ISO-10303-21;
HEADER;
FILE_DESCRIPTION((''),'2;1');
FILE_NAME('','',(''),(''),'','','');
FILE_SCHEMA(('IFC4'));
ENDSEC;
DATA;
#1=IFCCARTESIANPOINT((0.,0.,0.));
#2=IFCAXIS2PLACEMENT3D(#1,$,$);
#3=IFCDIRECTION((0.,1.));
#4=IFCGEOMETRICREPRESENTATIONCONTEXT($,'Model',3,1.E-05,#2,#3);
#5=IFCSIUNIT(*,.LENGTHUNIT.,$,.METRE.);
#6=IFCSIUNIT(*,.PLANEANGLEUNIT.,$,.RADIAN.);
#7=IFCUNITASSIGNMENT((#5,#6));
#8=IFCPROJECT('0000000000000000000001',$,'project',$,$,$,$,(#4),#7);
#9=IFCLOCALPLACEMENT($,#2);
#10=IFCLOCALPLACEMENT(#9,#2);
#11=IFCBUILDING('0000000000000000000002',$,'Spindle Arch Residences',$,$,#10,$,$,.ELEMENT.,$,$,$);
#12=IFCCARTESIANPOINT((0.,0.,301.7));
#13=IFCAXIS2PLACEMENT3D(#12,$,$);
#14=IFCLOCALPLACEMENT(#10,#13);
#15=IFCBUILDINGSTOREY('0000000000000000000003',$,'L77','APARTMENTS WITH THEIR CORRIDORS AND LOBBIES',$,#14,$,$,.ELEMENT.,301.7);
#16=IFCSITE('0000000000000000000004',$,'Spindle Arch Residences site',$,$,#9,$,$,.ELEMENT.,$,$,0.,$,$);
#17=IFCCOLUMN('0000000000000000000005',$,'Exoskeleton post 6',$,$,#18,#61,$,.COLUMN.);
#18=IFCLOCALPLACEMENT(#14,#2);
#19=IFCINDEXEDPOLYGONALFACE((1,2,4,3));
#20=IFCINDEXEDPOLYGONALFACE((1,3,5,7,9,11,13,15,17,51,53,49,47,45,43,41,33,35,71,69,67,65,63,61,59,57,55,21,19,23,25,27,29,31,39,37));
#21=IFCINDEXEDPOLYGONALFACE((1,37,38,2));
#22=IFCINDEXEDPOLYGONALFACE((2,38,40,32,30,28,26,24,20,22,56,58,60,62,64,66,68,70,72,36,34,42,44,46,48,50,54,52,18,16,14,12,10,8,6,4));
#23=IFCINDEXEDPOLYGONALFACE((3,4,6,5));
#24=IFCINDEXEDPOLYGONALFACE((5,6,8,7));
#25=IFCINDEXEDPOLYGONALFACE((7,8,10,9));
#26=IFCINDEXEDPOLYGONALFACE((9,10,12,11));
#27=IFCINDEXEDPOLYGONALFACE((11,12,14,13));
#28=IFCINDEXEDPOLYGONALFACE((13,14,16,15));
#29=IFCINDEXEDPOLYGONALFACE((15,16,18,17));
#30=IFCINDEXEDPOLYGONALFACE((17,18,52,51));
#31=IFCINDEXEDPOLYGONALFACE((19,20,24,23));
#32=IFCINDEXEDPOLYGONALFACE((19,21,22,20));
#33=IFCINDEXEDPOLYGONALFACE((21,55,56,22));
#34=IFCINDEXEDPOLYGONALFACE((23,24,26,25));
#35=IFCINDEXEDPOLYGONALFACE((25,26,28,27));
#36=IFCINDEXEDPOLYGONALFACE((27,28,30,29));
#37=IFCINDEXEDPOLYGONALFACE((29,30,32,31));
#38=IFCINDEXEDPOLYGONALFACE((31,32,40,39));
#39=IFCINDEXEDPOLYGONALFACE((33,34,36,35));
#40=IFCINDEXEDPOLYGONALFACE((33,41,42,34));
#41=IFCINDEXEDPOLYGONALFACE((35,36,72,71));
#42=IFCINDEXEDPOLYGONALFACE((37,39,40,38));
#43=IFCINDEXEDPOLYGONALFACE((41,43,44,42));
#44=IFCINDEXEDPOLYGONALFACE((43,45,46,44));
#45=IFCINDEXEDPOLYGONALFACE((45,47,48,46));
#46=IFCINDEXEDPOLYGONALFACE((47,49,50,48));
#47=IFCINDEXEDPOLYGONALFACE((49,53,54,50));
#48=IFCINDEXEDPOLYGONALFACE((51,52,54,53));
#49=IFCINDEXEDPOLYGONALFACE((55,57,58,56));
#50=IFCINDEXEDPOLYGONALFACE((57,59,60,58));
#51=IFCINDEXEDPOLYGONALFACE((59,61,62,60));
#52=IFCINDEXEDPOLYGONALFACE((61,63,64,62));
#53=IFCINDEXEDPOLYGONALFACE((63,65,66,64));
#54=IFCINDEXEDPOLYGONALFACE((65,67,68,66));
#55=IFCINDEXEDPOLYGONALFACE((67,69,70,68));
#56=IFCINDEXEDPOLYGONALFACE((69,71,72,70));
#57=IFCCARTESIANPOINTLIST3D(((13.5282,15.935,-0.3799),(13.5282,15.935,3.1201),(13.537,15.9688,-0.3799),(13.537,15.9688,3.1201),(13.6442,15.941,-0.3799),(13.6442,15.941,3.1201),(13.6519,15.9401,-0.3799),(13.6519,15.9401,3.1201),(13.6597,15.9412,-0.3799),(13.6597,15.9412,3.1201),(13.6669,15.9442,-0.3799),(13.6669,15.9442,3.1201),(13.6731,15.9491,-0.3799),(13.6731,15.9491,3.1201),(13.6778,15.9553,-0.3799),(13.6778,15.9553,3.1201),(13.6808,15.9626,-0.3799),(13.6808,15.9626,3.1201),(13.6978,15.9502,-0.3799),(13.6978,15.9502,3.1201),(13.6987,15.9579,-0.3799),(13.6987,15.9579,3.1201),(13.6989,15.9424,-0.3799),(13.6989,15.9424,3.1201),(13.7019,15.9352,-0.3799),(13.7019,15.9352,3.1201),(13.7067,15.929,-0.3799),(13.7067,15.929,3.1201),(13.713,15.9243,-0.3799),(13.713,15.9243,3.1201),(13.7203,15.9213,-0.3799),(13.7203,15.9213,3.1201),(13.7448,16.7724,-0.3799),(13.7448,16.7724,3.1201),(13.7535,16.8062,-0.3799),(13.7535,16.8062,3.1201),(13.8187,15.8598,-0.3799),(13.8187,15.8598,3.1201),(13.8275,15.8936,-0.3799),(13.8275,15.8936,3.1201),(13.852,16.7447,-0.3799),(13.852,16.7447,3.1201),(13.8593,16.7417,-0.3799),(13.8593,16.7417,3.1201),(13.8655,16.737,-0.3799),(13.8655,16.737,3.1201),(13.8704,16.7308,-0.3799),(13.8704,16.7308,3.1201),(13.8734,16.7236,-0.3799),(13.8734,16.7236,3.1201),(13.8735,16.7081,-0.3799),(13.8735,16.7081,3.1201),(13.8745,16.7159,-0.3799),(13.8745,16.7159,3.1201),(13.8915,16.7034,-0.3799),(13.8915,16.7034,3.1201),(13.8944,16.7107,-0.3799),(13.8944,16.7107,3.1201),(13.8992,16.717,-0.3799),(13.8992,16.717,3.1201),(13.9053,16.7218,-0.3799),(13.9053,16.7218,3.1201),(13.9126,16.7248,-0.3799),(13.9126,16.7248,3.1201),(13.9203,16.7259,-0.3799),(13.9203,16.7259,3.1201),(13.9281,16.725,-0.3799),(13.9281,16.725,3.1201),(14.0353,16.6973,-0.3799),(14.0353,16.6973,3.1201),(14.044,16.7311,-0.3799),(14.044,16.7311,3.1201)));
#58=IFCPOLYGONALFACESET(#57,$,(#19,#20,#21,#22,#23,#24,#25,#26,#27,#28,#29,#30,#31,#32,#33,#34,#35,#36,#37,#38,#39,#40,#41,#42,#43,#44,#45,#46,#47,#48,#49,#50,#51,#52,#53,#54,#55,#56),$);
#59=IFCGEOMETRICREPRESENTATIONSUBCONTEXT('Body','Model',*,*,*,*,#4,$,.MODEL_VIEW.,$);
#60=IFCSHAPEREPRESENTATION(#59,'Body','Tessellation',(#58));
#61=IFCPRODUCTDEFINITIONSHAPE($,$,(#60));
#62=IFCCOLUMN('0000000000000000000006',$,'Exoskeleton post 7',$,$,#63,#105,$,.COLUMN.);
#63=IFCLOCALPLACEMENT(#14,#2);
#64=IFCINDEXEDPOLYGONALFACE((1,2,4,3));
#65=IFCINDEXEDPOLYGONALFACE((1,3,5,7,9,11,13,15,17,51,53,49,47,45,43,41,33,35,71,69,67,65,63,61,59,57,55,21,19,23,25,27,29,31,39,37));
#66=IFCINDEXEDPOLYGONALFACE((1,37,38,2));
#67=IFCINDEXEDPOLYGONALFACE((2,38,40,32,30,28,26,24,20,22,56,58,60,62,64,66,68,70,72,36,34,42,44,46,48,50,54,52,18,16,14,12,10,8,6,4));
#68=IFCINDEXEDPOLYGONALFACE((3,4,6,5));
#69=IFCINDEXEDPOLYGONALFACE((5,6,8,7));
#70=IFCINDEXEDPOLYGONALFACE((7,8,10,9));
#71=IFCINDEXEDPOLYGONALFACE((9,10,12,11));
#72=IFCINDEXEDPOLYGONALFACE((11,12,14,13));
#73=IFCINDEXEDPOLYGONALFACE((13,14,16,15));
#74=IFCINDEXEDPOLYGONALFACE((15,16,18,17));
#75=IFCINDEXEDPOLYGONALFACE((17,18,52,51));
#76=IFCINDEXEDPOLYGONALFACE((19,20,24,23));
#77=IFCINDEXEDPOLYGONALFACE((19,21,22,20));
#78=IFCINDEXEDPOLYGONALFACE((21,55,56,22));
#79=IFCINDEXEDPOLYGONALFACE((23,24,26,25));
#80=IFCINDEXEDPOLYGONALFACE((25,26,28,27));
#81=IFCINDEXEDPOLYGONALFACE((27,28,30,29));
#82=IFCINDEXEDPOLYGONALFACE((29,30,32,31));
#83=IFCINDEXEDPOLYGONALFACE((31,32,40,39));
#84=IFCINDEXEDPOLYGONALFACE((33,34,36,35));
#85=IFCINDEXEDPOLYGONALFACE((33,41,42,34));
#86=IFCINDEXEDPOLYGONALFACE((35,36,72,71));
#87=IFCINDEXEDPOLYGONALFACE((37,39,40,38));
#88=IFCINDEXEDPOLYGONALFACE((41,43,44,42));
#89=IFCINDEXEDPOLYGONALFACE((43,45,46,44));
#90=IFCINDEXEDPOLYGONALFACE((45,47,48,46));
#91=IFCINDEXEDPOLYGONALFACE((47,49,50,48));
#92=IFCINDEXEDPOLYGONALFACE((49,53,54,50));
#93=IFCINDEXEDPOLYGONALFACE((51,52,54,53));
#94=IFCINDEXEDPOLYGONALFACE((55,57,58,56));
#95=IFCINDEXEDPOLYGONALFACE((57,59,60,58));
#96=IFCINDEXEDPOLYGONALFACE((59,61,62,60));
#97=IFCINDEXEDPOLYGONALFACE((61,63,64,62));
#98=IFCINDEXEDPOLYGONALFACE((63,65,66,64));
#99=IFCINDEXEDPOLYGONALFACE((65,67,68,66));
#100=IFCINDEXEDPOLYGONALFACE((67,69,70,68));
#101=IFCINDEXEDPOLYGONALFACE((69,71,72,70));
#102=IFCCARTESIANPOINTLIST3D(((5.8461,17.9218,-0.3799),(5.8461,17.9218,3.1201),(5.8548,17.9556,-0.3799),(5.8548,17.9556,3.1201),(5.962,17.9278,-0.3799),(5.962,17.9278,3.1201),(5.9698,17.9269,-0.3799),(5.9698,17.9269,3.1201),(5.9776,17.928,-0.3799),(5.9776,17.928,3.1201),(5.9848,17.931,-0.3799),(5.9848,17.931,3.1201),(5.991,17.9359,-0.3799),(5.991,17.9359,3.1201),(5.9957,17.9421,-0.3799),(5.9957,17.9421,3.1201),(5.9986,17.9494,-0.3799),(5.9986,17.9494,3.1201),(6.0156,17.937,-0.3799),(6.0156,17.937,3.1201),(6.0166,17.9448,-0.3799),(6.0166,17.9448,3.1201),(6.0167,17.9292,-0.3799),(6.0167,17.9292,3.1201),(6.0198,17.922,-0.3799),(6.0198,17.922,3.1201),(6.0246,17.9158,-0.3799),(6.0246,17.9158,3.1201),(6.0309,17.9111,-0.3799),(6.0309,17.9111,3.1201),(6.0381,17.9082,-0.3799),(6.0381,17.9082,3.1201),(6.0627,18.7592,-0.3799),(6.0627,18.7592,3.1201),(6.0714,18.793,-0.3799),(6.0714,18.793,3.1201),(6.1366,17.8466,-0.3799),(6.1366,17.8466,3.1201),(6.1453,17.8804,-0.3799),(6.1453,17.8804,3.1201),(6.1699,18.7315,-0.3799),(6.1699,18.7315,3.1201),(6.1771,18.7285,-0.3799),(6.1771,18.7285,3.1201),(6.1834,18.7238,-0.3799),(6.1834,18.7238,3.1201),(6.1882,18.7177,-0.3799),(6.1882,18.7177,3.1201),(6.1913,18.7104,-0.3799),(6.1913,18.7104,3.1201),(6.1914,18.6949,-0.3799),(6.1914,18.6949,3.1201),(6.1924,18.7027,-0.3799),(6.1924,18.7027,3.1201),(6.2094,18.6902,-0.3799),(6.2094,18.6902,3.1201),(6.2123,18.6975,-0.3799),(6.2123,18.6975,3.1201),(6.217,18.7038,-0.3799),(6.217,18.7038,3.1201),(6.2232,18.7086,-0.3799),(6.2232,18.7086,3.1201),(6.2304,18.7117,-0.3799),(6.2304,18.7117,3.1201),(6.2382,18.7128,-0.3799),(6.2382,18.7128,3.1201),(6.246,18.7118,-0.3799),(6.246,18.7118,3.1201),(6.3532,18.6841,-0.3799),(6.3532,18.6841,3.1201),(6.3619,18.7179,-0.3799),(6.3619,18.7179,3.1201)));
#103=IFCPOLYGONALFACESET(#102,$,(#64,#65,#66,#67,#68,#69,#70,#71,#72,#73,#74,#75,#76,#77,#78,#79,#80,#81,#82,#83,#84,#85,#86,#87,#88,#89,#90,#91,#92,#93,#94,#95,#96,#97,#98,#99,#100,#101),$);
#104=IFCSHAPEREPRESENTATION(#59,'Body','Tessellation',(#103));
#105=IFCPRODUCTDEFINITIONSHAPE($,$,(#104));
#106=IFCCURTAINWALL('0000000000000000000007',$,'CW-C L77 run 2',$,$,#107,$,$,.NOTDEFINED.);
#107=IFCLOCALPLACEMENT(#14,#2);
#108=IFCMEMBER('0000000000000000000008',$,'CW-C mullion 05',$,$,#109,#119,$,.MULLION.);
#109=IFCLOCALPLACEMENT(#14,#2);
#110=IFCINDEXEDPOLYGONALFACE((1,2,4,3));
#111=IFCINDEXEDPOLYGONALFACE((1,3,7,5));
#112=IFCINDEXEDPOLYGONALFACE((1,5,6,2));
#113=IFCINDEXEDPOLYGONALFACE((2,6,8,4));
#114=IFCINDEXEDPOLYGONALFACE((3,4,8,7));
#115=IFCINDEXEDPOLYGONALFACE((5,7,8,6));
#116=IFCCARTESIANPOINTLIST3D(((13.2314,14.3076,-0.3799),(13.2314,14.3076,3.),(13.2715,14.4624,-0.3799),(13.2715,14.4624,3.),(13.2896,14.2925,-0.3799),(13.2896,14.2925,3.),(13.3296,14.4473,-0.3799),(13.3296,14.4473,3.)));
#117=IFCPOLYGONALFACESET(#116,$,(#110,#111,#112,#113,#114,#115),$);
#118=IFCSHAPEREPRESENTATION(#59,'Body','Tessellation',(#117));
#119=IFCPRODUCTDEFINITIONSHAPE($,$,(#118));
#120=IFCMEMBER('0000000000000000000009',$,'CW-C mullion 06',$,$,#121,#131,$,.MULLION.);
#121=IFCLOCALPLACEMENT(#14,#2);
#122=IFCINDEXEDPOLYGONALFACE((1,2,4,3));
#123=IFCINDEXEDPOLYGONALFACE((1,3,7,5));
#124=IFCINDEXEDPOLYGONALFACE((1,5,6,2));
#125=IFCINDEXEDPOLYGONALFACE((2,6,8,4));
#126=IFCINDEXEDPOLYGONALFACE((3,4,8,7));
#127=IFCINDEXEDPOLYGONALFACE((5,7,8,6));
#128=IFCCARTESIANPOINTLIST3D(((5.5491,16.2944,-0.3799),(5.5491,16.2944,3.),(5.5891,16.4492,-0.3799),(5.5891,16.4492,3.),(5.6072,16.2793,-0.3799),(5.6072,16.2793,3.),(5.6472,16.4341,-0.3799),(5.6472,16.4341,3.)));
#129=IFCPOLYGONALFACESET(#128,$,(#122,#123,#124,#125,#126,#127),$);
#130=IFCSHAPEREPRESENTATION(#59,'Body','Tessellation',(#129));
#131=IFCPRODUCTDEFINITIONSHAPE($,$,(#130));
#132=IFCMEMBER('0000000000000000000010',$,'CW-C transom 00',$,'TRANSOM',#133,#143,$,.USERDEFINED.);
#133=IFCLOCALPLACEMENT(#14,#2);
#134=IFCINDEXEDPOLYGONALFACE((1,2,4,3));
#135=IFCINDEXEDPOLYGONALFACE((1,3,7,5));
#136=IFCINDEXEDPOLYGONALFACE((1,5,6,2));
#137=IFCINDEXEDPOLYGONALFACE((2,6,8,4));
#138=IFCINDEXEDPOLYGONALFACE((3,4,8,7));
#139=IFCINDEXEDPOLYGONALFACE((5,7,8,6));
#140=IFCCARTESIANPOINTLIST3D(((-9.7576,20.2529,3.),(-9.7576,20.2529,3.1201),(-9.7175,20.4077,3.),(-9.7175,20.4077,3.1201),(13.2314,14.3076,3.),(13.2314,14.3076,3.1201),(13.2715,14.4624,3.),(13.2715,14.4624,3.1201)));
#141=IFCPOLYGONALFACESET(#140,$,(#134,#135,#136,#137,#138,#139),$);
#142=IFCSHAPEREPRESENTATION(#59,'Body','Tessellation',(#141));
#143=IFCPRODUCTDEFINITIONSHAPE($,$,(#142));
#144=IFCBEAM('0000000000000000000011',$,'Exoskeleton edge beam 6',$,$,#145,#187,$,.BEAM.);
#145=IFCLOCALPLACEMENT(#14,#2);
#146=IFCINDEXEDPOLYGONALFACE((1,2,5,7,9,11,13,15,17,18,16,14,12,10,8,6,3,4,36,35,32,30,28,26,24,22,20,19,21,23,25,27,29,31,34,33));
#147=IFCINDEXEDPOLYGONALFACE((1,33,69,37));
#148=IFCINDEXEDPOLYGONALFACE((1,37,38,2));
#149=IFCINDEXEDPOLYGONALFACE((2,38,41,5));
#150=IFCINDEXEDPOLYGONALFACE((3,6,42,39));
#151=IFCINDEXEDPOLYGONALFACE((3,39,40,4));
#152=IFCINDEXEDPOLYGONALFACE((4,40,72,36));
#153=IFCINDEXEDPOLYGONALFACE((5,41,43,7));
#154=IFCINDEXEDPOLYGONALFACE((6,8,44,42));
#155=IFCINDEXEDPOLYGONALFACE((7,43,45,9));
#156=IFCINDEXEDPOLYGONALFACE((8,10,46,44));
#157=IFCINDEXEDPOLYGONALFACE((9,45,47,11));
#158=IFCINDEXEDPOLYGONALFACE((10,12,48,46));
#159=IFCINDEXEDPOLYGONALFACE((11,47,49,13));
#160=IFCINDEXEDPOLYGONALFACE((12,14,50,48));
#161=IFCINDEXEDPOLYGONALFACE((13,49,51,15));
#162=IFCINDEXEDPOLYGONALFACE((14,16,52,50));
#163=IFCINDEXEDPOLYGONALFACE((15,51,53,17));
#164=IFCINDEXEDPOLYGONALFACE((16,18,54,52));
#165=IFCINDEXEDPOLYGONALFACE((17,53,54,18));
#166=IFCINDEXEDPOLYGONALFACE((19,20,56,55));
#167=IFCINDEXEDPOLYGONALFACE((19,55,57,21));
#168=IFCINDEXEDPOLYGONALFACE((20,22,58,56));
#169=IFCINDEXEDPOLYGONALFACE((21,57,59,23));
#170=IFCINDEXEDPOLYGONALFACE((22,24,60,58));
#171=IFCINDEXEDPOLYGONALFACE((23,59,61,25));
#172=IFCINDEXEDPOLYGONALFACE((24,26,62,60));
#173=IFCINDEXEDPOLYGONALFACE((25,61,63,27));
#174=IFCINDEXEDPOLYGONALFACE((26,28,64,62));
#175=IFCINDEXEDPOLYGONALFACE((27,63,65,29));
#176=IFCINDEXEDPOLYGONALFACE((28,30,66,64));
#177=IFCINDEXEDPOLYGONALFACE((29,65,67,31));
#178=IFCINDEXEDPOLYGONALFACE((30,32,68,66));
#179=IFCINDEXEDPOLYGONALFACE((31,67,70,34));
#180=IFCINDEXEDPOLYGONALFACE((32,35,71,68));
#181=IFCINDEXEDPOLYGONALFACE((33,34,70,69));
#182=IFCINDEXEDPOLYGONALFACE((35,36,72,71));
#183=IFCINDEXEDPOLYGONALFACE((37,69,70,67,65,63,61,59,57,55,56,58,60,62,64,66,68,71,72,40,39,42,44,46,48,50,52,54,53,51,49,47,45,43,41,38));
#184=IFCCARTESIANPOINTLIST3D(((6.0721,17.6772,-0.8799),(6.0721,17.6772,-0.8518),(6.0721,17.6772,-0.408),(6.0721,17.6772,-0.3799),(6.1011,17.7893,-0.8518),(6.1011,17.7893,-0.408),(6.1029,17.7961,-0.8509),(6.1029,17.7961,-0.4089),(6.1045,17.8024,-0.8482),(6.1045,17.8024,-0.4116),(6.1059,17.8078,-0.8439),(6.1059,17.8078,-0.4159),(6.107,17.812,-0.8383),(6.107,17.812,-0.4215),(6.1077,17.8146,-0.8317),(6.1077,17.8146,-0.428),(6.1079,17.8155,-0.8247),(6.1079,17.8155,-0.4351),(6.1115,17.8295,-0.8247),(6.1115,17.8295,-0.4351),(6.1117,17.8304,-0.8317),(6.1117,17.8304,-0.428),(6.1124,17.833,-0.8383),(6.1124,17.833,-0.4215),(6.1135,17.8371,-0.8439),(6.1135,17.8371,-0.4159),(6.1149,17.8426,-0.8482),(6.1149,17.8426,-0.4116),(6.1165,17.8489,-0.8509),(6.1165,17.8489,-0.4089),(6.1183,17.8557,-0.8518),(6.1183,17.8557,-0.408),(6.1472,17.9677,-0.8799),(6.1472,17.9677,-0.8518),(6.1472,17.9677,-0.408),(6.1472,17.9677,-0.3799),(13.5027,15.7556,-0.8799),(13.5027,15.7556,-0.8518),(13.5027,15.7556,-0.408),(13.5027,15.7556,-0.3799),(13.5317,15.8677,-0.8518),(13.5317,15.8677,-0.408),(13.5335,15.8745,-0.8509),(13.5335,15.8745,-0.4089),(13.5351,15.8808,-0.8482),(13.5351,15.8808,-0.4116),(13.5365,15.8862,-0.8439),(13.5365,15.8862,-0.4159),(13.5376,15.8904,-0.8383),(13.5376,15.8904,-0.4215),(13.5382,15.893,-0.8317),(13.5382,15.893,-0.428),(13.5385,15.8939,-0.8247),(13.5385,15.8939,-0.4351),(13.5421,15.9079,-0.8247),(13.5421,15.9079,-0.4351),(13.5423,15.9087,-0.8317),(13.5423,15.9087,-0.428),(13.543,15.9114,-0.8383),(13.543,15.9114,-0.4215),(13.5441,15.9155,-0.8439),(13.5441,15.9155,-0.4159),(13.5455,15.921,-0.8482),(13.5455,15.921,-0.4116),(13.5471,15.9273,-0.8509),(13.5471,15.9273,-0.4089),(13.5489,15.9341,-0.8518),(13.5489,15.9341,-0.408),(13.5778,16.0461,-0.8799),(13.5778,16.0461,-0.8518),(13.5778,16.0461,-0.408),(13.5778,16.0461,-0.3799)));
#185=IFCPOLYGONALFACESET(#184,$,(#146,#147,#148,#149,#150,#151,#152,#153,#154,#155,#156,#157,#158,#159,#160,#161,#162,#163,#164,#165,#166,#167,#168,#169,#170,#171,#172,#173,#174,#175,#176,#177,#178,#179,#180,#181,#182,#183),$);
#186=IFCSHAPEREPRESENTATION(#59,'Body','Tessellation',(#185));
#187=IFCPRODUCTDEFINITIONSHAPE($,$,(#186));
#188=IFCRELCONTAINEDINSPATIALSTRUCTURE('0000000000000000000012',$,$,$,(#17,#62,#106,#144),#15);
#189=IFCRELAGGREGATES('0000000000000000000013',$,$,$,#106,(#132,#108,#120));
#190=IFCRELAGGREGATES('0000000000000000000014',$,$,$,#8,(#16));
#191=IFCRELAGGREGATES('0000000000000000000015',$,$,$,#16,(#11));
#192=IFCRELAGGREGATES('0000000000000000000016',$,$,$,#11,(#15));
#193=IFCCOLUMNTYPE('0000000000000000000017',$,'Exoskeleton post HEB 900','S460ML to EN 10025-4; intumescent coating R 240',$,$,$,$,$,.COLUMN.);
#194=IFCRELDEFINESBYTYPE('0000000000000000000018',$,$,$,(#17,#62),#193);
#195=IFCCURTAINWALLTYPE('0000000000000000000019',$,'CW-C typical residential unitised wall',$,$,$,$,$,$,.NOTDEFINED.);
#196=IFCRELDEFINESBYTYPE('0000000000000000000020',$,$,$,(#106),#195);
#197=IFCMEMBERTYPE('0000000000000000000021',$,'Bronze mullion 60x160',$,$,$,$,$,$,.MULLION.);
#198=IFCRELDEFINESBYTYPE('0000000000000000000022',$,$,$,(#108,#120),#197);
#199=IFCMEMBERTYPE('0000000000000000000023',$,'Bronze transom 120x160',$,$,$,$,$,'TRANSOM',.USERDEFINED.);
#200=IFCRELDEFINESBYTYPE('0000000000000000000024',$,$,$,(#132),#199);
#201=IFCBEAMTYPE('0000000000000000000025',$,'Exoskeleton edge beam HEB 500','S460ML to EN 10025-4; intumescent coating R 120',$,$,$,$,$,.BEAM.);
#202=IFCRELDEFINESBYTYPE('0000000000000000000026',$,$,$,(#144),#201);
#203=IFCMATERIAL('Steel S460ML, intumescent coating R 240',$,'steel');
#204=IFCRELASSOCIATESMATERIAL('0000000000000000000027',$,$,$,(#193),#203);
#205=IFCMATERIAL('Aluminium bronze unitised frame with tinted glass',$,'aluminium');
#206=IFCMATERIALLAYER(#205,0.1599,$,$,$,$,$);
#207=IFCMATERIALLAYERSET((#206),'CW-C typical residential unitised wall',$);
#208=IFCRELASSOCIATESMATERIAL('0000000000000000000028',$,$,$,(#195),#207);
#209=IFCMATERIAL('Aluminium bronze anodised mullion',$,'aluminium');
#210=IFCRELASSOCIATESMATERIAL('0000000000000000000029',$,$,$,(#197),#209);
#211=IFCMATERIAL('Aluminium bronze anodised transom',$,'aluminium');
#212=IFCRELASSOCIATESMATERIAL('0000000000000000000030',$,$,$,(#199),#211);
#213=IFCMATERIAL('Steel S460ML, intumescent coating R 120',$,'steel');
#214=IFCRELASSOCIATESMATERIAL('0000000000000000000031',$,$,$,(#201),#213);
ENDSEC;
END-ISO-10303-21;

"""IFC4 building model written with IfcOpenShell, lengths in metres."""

from ifc_helpers import new_model, si_unit, direction, frame, origin, origin_2d, place, context, subcontext, project, spatial, rectangle, i_section, extrude, material, layer, layer_set, material_profile, profile_set, type_object, element, aggregate, save


model = new_model("IFC4")

# Units and contexts
model_context = context("Model", 3, precision=1e-05, world=origin(), true_north=direction((0.0, 1.0)))
body_context = subcontext(model_context, "Body", "Model", "MODEL_VIEW")
ifc_project = project(units=[si_unit("LENGTHUNIT", "METRE"), si_unit("PLANEANGLEUNIT", "RADIAN")], contexts=[model_context])

# Site, building, storey
site_placement = place(None, origin())
site = spatial("IfcSite", under=ifc_project, at=site_placement, Name="Spindle Arch Residences site", CompositionType="ELEMENT", RefElevation=0.0)
building_placement = place(site_placement, origin())
building = spatial("IfcBuilding", under=site, at=building_placement, Name="Spindle Arch Residences", CompositionType="ELEMENT")
storey_placement = place(building_placement, frame((0.0, 0.0, 301.7)))
storey = spatial("IfcBuildingStorey", under=building, at=storey_placement, Name="L77", Description="APARTMENTS WITH THEIR CORRIDORS AND LOBBIES", CompositionType="ELEMENT", Elevation=301.7)

# Columns
ifc_material_1 = material(Name="Steel S460ML, intumescent coating R 240", Category="steel")
ifc_material_profile_1 = material_profile(ifc_material_1, i_section(OverallWidth=0.3, OverallDepth=0.8999, WebThickness=0.0186, FlangeThickness=0.0349, FilletRadius=0.03, at=origin_2d()), Name="HEB 900")
ifc_profile_set_1 = profile_set([ifc_material_profile_1], Name="Steel S460ML, intumescent coating R 240")
column_type = type_object("IfcColumnType", Name="Exoskeleton post HEB 900", Description="S460ML to EN 10025-4; intumescent coating R 240", PredefinedType="COLUMN", material=ifc_profile_set_1)
for number, where, z_axis, x_axis, name in (
    (1, (13.7861, 16.333, -0.3799), (0.0, 0.0, 1.0), (0.968148, -0.25038, 0.0), "Exoskeleton post 6"),
    (2, (6.104, 18.3198, -0.3799), (0.0, 0.0, 1.0), (0.968148, -0.25038, 0.0), "Exoskeleton post 7"),
):
    element("IfcColumn", number, at=place(storey_placement, frame(where, z_axis=z_axis, x_axis=x_axis)), inside=storey, type_object=column_type, Name=name, PredefinedType="COLUMN", context=body_context, shape_type="SweptSolid", body=[
        extrude(i_section(OverallWidth=0.3, OverallDepth=0.8999, WebThickness=0.0186, FlangeThickness=0.0349, FilletRadius=0.03, at=origin_2d()), origin(), (0.0, 0.0, 1.0), 3.5),
    ])

# Curtain wall, members
ifc_material_2 = material(Name="Aluminium bronze unitised frame with tinted glass", Category="aluminium")
ifc_layer_1 = layer(ifc_material_2, 0.1599)
ifc_layer_set_1 = layer_set([ifc_layer_1], Name="CW-C typical residential unitised wall")
curtain_wall_type = type_object("IfcCurtainWallType", Name="CW-C typical residential unitised wall", PredefinedType="NOTDEFINED", material=ifc_layer_set_1)
curtain_wall_placement = place(storey_placement, origin())
curtain_wall = element("IfcCurtainWall", 3, at=curtain_wall_placement, inside=storey, type_object=curtain_wall_type, Name="CW-C L77 run 2", PredefinedType="NOTDEFINED")
ifc_material_3 = material(Name="Aluminium bronze anodised mullion", Category="aluminium")
ifc_material_profile_2 = material_profile(ifc_material_3, rectangle(XDim=0.1599, YDim=0.0601, at=origin_2d()), Name="MU 60x160")
ifc_profile_set_2 = profile_set([ifc_material_profile_2], Name="Aluminium bronze anodised mullion")
member_type_1 = type_object("IfcMemberType", Name="Bronze mullion 60x160", PredefinedType="MULLION", material=ifc_profile_set_2)
member_1_placement = place(storey_placement, frame((13.2805, 14.3774, -0.3799), z_axis=(0.0, 0.0, 1.0), x_axis=(-0.25038, -0.968148, 0.0)))
member_1 = element("IfcMember", 4, at=member_1_placement, type_object=member_type_1, Name="CW-C mullion 05", PredefinedType="MULLION", context=body_context, shape_type="SweptSolid", body=[
    extrude(rectangle(XDim=0.1599, YDim=0.0601, at=origin_2d()), origin(), (0.0, 0.0, 1.0), 3.3799),
])
member_2_placement = place(storey_placement, frame((5.5981, 16.3643, -0.3799), z_axis=(0.0, 0.0, 1.0), x_axis=(-0.25038, -0.968148, 0.0)))
member_2 = element("IfcMember", 5, at=member_2_placement, type_object=member_type_1, Name="CW-C mullion 06", PredefinedType="MULLION", context=body_context, shape_type="SweptSolid", body=[
    extrude(rectangle(XDim=0.1599, YDim=0.0601, at=origin_2d()), origin(), (0.0, 0.0, 1.0), 3.3799),
])
ifc_material_4 = material(Name="Aluminium bronze anodised transom", Category="aluminium")
ifc_material_profile_3 = material_profile(ifc_material_4, rectangle(XDim=0.1599, YDim=0.1201, at=origin_2d()), Name="TR 120x160")
ifc_profile_set_3 = profile_set([ifc_material_profile_3], Name="Aluminium bronze anodised transom")
member_type_2 = type_object("IfcMemberType", Name="Bronze transom 120x160", ElementType="TRANSOM", PredefinedType="USERDEFINED", material=ifc_profile_set_3)
member_3_placement = place(storey_placement, frame((13.2515, 14.385, 3.0601), z_axis=(-0.968148, 0.250378, 0.0), x_axis=(-0.250378, -0.968148, 0.0)))
member_3 = element("IfcMember", 6, at=member_3_placement, type_object=member_type_2, Name="CW-C transom 00", ObjectType="TRANSOM", PredefinedType="USERDEFINED", context=body_context, shape_type="SweptSolid", body=[
    extrude(rectangle(XDim=0.1599, YDim=0.1201, at=origin_2d()), origin(), (0.0, 0.0, 1.0), 23.7454),
])

# Beam
ifc_material_5 = material(Name="Steel S460ML, intumescent coating R 120", Category="steel")
ifc_material_profile_4 = material_profile(ifc_material_5, i_section(OverallWidth=0.3, OverallDepth=0.5, WebThickness=0.0144, FlangeThickness=0.0281, FilletRadius=0.0271, at=origin_2d()), Name="HEB 500")
ifc_profile_set_4 = profile_set([ifc_material_profile_4], Name="Steel S460ML, intumescent coating R 120")
beam_type_1 = type_object("IfcBeamType", Name="Exoskeleton edge beam HEB 500", Description="S460ML to EN 10025-4; intumescent coating R 120", PredefinedType="BEAM", material=ifc_profile_set_4)
for number, where, z_axis, x_axis, name in (
    (7, (13.5403, 15.9009, -0.6299), (-0.96815, 0.250372, 0.0), (-0.250372, -0.96815, 0.0), "Exoskeleton edge beam 6"),
):
    element("IfcBeam", number, at=place(storey_placement, frame(where, z_axis=z_axis, x_axis=x_axis)), inside=storey, type_object=beam_type_1, Name=name, PredefinedType="BEAM", context=body_context, shape_type="SweptSolid", body=[
        extrude(i_section(OverallWidth=0.3, OverallDepth=0.5, WebThickness=0.0144, FlangeThickness=0.0281, FilletRadius=0.0271, at=origin_2d()), origin(), (0.0, 0.0, 1.0), 7.675),
    ])

aggregate(curtain_wall, [member_3, member_1, member_2])

save(model, "model.ifc")
